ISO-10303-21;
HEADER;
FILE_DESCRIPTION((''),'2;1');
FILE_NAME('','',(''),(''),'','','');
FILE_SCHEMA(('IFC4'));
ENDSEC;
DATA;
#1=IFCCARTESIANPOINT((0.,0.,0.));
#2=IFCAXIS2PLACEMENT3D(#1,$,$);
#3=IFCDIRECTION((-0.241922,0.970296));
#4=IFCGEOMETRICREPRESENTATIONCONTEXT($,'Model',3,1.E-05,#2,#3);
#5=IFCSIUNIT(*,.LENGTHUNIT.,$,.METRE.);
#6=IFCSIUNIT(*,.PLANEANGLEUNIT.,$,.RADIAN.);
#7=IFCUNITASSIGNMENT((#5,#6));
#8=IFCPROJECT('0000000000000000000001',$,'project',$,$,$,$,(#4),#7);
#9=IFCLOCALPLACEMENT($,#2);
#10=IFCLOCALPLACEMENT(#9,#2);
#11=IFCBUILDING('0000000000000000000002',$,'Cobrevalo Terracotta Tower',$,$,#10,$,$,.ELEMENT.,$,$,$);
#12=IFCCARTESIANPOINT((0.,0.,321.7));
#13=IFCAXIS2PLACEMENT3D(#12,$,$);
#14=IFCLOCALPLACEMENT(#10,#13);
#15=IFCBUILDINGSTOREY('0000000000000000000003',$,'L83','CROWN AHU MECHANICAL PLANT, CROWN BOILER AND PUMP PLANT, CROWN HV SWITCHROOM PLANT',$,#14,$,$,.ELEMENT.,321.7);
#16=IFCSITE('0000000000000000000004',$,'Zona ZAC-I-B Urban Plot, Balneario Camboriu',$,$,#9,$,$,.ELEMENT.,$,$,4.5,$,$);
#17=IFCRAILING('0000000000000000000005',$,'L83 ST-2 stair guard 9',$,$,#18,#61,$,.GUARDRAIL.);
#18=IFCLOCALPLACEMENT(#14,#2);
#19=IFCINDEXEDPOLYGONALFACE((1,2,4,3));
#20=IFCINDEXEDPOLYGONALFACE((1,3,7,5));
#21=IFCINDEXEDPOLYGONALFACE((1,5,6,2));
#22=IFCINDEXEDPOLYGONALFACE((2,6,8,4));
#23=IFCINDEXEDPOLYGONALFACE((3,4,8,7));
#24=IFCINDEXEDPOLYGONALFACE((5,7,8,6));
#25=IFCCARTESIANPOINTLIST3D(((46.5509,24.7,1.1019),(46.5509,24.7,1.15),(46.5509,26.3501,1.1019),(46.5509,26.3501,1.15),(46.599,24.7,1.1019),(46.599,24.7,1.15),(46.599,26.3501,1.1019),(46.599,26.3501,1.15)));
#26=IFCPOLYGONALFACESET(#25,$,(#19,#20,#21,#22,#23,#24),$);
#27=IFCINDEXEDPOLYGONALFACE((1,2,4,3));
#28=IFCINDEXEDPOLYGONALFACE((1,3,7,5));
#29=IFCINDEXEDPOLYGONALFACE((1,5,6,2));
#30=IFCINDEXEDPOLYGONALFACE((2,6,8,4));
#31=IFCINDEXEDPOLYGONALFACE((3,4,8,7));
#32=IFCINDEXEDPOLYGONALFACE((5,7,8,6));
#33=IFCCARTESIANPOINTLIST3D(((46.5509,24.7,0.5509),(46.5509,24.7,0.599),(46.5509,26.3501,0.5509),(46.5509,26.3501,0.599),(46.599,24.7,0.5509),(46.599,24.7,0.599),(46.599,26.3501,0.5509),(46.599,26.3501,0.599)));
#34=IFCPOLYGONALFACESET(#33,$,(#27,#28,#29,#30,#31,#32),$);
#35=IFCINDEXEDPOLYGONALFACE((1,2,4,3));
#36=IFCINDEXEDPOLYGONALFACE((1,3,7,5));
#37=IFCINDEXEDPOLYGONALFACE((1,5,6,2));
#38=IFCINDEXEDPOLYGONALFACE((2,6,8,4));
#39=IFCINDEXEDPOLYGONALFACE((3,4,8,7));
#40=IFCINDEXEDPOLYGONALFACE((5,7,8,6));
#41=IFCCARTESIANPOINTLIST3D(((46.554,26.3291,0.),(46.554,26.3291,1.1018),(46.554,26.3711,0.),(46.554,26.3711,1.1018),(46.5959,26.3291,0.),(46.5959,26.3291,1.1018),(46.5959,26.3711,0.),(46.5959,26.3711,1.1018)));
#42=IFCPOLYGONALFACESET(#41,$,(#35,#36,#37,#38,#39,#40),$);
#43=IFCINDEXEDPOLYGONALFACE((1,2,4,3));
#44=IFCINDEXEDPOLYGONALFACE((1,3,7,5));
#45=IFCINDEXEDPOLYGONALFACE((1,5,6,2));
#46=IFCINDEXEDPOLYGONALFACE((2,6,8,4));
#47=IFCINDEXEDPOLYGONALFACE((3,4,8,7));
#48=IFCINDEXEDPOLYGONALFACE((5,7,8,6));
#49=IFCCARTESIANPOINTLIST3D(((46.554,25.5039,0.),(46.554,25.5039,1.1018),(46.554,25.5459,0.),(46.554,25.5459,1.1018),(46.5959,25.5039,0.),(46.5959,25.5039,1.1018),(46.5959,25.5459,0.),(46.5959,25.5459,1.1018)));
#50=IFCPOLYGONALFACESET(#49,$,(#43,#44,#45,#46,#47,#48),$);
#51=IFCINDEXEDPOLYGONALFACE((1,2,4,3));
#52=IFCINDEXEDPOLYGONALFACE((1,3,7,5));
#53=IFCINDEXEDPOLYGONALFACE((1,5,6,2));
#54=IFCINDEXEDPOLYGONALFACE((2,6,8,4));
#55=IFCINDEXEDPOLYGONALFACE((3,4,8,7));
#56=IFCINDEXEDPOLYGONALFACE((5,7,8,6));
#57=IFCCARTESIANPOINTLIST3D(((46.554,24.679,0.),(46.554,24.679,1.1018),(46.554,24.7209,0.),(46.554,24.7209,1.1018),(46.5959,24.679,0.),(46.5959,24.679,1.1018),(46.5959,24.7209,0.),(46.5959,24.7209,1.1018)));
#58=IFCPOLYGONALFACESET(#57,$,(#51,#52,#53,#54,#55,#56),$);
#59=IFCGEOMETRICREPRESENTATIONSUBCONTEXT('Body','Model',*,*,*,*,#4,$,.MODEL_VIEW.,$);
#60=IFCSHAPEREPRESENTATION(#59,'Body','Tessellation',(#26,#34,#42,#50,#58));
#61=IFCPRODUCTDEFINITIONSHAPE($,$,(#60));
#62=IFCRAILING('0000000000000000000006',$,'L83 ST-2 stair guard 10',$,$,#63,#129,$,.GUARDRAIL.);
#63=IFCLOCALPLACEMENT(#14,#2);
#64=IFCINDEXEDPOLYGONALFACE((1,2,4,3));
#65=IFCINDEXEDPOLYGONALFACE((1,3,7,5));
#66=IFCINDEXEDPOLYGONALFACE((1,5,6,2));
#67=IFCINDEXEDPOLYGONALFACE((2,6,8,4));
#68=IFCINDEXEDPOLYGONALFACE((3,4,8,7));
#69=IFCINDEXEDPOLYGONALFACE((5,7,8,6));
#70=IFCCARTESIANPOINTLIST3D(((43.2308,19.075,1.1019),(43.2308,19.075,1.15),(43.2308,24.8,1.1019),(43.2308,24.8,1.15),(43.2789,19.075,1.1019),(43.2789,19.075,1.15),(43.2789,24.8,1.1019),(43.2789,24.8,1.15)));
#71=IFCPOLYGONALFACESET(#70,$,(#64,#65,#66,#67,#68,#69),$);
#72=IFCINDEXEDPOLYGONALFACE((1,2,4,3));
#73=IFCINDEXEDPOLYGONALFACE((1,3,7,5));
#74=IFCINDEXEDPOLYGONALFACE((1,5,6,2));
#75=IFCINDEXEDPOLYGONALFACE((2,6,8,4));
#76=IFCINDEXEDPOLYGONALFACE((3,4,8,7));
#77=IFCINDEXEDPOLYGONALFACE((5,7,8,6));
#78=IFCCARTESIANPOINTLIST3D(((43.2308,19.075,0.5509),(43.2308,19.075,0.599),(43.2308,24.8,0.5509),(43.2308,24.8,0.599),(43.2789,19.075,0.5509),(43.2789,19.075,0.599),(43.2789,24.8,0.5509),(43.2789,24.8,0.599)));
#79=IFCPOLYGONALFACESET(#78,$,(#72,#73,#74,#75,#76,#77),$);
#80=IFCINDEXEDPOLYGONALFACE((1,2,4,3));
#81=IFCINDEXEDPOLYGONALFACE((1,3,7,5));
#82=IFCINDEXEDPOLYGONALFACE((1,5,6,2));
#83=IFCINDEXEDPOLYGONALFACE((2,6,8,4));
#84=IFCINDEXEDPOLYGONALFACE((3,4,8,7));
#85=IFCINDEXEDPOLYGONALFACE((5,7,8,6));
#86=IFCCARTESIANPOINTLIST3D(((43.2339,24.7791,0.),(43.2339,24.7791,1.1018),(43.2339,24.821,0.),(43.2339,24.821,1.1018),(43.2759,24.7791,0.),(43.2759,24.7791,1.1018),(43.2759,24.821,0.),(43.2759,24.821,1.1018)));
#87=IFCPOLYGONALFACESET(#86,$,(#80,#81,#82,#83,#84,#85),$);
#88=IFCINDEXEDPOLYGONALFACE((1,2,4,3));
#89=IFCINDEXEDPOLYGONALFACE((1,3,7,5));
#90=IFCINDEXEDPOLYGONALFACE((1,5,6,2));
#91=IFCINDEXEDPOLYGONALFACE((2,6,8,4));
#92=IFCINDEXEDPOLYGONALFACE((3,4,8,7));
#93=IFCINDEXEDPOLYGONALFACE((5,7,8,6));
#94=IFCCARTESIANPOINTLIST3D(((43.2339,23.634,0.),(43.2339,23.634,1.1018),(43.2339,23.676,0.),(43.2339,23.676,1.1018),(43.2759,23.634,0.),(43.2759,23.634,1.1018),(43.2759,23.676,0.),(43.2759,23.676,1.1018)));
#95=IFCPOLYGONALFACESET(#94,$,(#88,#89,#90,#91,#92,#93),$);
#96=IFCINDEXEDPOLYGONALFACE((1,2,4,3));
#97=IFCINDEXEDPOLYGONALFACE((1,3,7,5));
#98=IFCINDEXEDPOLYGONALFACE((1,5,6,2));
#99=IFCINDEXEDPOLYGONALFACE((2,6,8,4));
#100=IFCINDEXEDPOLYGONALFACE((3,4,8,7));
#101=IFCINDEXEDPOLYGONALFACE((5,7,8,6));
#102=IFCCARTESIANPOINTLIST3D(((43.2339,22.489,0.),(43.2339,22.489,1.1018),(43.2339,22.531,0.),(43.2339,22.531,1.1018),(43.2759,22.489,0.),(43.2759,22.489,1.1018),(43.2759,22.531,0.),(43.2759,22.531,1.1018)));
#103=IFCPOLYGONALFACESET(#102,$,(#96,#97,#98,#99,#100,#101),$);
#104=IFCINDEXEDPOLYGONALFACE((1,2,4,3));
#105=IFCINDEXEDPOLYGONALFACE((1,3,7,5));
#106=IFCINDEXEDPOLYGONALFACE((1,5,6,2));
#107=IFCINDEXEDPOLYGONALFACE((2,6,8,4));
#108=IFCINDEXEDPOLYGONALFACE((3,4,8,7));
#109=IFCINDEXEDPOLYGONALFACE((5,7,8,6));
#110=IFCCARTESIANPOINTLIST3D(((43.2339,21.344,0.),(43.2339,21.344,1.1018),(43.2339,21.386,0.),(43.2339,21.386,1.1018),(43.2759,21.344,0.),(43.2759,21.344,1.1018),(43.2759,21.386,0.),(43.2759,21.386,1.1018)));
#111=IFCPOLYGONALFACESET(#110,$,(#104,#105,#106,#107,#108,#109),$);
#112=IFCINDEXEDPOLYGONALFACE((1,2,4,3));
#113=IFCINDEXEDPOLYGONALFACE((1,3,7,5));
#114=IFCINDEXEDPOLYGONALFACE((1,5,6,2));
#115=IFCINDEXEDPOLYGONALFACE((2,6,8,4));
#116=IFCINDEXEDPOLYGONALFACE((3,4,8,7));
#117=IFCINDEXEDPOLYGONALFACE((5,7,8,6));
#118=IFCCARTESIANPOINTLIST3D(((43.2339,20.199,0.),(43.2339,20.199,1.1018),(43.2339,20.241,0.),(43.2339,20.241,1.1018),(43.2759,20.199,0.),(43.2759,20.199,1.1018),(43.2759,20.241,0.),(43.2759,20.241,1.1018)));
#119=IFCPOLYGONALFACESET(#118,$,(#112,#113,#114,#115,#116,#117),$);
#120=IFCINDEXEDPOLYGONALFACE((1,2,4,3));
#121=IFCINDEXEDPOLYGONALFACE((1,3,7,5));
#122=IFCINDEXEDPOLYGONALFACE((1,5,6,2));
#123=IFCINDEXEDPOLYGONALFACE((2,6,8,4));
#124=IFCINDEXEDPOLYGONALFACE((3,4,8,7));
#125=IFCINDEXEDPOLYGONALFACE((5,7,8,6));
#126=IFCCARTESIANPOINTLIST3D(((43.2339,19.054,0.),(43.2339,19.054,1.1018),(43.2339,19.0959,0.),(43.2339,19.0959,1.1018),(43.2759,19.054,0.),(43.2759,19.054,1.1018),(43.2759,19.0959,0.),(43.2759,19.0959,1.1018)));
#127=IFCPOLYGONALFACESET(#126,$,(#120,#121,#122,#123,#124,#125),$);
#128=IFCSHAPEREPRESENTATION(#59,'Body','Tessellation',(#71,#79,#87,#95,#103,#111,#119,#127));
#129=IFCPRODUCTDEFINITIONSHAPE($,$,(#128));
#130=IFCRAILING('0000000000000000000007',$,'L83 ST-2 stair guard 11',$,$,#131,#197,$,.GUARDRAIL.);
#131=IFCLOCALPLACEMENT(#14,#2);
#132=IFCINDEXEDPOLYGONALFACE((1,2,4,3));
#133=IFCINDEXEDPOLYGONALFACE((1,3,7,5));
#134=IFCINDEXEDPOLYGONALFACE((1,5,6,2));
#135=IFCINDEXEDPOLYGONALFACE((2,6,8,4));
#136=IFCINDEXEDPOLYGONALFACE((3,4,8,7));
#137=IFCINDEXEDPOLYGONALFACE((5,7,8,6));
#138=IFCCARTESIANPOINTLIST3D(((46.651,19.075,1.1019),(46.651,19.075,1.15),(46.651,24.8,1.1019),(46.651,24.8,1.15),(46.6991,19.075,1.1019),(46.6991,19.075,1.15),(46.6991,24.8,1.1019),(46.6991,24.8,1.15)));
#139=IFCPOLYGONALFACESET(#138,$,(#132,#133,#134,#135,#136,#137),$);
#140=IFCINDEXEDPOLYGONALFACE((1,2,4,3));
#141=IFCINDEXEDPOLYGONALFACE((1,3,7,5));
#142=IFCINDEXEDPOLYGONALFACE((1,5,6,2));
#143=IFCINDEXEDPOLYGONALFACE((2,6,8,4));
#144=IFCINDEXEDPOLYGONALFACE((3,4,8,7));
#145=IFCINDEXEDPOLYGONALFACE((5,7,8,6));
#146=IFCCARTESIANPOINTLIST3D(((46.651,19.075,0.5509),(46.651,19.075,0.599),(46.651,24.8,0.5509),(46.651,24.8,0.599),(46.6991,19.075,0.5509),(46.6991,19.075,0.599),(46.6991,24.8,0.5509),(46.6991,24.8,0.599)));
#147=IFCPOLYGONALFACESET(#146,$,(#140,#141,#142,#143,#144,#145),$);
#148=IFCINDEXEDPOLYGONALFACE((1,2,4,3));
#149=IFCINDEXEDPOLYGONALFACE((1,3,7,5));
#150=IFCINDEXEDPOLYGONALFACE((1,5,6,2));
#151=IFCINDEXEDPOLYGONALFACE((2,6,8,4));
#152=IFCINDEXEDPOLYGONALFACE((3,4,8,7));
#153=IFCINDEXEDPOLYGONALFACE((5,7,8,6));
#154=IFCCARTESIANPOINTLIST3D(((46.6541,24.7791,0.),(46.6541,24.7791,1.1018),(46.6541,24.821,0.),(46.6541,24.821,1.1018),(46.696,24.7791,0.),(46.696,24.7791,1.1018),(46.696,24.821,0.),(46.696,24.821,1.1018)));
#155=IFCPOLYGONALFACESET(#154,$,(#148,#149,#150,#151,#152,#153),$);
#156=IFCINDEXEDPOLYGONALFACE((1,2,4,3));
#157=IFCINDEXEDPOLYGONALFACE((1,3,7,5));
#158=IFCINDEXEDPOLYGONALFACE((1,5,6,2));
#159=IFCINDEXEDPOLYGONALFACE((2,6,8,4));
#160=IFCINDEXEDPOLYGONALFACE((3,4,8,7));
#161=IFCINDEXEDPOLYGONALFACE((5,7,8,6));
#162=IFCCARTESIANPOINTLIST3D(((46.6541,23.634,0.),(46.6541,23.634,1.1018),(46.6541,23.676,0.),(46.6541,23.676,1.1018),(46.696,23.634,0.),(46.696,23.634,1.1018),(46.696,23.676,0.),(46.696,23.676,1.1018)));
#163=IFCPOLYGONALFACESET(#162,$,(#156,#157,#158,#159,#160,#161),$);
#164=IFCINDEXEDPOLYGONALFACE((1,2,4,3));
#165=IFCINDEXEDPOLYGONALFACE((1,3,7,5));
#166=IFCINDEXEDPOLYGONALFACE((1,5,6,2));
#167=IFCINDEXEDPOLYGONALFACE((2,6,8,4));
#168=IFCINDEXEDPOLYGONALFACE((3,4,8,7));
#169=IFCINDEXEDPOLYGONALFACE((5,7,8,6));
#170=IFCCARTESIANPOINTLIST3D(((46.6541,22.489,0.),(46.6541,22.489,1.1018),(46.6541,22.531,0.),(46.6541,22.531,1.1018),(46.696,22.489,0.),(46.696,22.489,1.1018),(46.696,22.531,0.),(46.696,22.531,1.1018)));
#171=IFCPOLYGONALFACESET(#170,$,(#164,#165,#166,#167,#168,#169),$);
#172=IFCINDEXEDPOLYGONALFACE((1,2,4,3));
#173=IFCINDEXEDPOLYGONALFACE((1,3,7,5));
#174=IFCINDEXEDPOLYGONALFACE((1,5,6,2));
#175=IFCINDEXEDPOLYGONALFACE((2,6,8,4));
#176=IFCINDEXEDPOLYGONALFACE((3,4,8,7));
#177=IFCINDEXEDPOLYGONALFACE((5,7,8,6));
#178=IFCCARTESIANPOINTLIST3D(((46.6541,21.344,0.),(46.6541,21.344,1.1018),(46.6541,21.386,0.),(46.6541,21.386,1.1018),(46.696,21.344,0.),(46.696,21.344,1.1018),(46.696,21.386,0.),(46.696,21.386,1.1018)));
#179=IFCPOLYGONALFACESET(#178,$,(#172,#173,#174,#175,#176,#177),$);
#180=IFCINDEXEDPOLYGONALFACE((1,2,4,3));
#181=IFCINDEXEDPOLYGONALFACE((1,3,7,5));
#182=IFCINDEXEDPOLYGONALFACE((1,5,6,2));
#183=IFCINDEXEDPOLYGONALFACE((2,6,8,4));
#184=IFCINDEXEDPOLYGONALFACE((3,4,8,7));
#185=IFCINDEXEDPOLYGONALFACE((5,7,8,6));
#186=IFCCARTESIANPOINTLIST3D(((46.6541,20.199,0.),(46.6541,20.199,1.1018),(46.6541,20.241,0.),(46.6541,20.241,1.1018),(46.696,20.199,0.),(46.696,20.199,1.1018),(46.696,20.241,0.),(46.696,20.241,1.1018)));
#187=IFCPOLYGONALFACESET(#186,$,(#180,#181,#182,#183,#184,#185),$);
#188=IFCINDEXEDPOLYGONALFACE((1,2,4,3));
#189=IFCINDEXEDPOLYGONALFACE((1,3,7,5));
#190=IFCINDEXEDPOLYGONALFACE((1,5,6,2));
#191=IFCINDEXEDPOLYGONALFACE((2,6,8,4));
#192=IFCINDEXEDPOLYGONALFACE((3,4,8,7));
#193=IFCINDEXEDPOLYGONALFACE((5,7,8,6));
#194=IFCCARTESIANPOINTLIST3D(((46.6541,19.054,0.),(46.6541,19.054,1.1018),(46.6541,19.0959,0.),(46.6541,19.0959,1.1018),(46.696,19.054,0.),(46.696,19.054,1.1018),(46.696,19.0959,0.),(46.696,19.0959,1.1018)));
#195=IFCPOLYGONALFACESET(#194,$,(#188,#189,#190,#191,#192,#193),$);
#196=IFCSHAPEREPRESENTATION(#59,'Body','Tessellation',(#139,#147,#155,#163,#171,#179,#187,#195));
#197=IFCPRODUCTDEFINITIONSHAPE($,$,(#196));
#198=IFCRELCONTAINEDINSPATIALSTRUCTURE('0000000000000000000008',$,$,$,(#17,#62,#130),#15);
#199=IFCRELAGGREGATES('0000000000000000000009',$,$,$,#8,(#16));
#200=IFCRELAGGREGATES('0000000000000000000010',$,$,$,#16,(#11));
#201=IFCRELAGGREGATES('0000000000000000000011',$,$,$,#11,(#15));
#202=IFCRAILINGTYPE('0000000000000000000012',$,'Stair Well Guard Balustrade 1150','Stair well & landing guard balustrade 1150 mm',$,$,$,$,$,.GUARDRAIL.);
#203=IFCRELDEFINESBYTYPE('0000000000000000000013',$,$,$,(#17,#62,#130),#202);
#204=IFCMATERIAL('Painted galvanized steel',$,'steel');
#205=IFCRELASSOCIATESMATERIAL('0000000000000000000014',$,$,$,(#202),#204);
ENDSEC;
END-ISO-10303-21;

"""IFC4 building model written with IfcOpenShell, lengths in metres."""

from ifc_helpers import new_model, si_unit, direction, frame, origin, origin_2d, place, context, subcontext, project, spatial, rectangle, extrude, material, type_object, element, save


model = new_model("IFC4")

# Units and contexts
model_context = context("Model", 3, precision=1e-05, world=origin(), true_north=direction((-0.241922, 0.970296)))
body_context = subcontext(model_context, "Body", "Model", "MODEL_VIEW")
ifc_project = project(units=[si_unit("LENGTHUNIT", "METRE"), si_unit("PLANEANGLEUNIT", "RADIAN")], contexts=[model_context])

# Site, building, storey
site_placement = place(None, origin())
site = spatial("IfcSite", under=ifc_project, at=site_placement, Name="Zona ZAC-I-B Urban Plot, Balneario Camboriu", CompositionType="ELEMENT", RefElevation=4.5)
building_placement = place(site_placement, origin())
building = spatial("IfcBuilding", under=site, at=building_placement, Name="Cobrevalo Terracotta Tower", CompositionType="ELEMENT")
storey_placement = place(building_placement, frame((0.0, 0.0, 321.7)))
storey = spatial("IfcBuildingStorey", under=building, at=storey_placement, Name="L83", Description="CROWN AHU MECHANICAL PLANT, CROWN BOILER AND PUMP PLANT, CROWN HV SWITCHROOM PLANT", CompositionType="ELEMENT", Elevation=321.7)

# Railings
ifc_material_1 = material(Name="Painted galvanized steel", Category="steel")
railing_type = type_object("IfcRailingType", Name="Stair Well Guard Balustrade 1150", Description="Stair well & landing guard balustrade 1150 mm", PredefinedType="GUARDRAIL", material=ifc_material_1)
for number, where, name in (
    (1, (46.575, 26.3501, 0.0), "L83 ST-2 stair guard 9"),
):
    element("IfcRailing", number, at=place(storey_placement, frame(where)), inside=storey, type_object=railing_type, Name=name, PredefinedType="GUARDRAIL", context=body_context, shape_type="SweptSolid", body=[
        extrude(rectangle(XDim=0.0481, YDim=0.0481, at=origin_2d()), frame((0.0, 0.0, 1.126), z_axis=(0.0, -1.0, 0.0), x_axis=(1.0, 0.0, 0.0)), (0.0, 0.0, 1.0), 1.6501),
        extrude(rectangle(XDim=0.0481, YDim=0.0481, at=origin_2d()), frame((0.0, 0.0, 0.575), z_axis=(0.0, -1.0, 0.0), x_axis=(1.0, 0.0, 0.0)), (0.0, 0.0, 1.0), 1.6501),
        extrude(rectangle(XDim=0.042, YDim=0.042, at=origin_2d()), origin(), (0.0, 0.0, 1.0), 1.1018),
        extrude(rectangle(XDim=0.042, YDim=0.042, at=origin_2d()), frame((0.0, -0.8252, 0.0)), (0.0, 0.0, 1.0), 1.1018),
        extrude(rectangle(XDim=0.042, YDim=0.042, at=origin_2d()), frame((0.0, -1.6501, 0.0)), (0.0, 0.0, 1.0), 1.1018),
    ])
for number, where, name in (
    (2, (43.2549, 24.8, 0.0), "L83 ST-2 stair guard 10"),
    (3, (46.675, 24.8, 0.0), "L83 ST-2 stair guard 11"),
):
    element("IfcRailing", number, at=place(storey_placement, frame(where)), inside=storey, type_object=railing_type, Name=name, PredefinedType="GUARDRAIL", context=body_context, shape_type="SweptSolid", body=[
        extrude(rectangle(XDim=0.0481, YDim=0.0481, at=origin_2d()), frame((0.0, 0.0, 1.126), z_axis=(0.0, -1.0, 0.0), x_axis=(1.0, 0.0, 0.0)), (0.0, 0.0, 1.0), 5.7251),
        extrude(rectangle(XDim=0.0481, YDim=0.0481, at=origin_2d()), frame((0.0, 0.0, 0.575), z_axis=(0.0, -1.0, 0.0), x_axis=(1.0, 0.0, 0.0)), (0.0, 0.0, 1.0), 5.7251),
        extrude(rectangle(XDim=0.042, YDim=0.042, at=origin_2d()), origin(), (0.0, 0.0, 1.0), 1.1018),
        extrude(rectangle(XDim=0.042, YDim=0.042, at=origin_2d()), frame((0.0, -1.145, 0.0)), (0.0, 0.0, 1.0), 1.1018),
        extrude(rectangle(XDim=0.042, YDim=0.042, at=origin_2d()), frame((0.0, -2.29, 0.0)), (0.0, 0.0, 1.0), 1.1018),
        extrude(rectangle(XDim=0.042, YDim=0.042, at=origin_2d()), frame((0.0, -3.4351, 0.0)), (0.0, 0.0, 1.0), 1.1018),
        extrude(rectangle(XDim=0.042, YDim=0.042, at=origin_2d()), frame((0.0, -4.5801, 0.0)), (0.0, 0.0, 1.0), 1.1018),
        extrude(rectangle(XDim=0.042, YDim=0.042, at=origin_2d()), frame((0.0, -5.7251, 0.0)), (0.0, 0.0, 1.0), 1.1018),
    ])

save(model, "model.ifc")
